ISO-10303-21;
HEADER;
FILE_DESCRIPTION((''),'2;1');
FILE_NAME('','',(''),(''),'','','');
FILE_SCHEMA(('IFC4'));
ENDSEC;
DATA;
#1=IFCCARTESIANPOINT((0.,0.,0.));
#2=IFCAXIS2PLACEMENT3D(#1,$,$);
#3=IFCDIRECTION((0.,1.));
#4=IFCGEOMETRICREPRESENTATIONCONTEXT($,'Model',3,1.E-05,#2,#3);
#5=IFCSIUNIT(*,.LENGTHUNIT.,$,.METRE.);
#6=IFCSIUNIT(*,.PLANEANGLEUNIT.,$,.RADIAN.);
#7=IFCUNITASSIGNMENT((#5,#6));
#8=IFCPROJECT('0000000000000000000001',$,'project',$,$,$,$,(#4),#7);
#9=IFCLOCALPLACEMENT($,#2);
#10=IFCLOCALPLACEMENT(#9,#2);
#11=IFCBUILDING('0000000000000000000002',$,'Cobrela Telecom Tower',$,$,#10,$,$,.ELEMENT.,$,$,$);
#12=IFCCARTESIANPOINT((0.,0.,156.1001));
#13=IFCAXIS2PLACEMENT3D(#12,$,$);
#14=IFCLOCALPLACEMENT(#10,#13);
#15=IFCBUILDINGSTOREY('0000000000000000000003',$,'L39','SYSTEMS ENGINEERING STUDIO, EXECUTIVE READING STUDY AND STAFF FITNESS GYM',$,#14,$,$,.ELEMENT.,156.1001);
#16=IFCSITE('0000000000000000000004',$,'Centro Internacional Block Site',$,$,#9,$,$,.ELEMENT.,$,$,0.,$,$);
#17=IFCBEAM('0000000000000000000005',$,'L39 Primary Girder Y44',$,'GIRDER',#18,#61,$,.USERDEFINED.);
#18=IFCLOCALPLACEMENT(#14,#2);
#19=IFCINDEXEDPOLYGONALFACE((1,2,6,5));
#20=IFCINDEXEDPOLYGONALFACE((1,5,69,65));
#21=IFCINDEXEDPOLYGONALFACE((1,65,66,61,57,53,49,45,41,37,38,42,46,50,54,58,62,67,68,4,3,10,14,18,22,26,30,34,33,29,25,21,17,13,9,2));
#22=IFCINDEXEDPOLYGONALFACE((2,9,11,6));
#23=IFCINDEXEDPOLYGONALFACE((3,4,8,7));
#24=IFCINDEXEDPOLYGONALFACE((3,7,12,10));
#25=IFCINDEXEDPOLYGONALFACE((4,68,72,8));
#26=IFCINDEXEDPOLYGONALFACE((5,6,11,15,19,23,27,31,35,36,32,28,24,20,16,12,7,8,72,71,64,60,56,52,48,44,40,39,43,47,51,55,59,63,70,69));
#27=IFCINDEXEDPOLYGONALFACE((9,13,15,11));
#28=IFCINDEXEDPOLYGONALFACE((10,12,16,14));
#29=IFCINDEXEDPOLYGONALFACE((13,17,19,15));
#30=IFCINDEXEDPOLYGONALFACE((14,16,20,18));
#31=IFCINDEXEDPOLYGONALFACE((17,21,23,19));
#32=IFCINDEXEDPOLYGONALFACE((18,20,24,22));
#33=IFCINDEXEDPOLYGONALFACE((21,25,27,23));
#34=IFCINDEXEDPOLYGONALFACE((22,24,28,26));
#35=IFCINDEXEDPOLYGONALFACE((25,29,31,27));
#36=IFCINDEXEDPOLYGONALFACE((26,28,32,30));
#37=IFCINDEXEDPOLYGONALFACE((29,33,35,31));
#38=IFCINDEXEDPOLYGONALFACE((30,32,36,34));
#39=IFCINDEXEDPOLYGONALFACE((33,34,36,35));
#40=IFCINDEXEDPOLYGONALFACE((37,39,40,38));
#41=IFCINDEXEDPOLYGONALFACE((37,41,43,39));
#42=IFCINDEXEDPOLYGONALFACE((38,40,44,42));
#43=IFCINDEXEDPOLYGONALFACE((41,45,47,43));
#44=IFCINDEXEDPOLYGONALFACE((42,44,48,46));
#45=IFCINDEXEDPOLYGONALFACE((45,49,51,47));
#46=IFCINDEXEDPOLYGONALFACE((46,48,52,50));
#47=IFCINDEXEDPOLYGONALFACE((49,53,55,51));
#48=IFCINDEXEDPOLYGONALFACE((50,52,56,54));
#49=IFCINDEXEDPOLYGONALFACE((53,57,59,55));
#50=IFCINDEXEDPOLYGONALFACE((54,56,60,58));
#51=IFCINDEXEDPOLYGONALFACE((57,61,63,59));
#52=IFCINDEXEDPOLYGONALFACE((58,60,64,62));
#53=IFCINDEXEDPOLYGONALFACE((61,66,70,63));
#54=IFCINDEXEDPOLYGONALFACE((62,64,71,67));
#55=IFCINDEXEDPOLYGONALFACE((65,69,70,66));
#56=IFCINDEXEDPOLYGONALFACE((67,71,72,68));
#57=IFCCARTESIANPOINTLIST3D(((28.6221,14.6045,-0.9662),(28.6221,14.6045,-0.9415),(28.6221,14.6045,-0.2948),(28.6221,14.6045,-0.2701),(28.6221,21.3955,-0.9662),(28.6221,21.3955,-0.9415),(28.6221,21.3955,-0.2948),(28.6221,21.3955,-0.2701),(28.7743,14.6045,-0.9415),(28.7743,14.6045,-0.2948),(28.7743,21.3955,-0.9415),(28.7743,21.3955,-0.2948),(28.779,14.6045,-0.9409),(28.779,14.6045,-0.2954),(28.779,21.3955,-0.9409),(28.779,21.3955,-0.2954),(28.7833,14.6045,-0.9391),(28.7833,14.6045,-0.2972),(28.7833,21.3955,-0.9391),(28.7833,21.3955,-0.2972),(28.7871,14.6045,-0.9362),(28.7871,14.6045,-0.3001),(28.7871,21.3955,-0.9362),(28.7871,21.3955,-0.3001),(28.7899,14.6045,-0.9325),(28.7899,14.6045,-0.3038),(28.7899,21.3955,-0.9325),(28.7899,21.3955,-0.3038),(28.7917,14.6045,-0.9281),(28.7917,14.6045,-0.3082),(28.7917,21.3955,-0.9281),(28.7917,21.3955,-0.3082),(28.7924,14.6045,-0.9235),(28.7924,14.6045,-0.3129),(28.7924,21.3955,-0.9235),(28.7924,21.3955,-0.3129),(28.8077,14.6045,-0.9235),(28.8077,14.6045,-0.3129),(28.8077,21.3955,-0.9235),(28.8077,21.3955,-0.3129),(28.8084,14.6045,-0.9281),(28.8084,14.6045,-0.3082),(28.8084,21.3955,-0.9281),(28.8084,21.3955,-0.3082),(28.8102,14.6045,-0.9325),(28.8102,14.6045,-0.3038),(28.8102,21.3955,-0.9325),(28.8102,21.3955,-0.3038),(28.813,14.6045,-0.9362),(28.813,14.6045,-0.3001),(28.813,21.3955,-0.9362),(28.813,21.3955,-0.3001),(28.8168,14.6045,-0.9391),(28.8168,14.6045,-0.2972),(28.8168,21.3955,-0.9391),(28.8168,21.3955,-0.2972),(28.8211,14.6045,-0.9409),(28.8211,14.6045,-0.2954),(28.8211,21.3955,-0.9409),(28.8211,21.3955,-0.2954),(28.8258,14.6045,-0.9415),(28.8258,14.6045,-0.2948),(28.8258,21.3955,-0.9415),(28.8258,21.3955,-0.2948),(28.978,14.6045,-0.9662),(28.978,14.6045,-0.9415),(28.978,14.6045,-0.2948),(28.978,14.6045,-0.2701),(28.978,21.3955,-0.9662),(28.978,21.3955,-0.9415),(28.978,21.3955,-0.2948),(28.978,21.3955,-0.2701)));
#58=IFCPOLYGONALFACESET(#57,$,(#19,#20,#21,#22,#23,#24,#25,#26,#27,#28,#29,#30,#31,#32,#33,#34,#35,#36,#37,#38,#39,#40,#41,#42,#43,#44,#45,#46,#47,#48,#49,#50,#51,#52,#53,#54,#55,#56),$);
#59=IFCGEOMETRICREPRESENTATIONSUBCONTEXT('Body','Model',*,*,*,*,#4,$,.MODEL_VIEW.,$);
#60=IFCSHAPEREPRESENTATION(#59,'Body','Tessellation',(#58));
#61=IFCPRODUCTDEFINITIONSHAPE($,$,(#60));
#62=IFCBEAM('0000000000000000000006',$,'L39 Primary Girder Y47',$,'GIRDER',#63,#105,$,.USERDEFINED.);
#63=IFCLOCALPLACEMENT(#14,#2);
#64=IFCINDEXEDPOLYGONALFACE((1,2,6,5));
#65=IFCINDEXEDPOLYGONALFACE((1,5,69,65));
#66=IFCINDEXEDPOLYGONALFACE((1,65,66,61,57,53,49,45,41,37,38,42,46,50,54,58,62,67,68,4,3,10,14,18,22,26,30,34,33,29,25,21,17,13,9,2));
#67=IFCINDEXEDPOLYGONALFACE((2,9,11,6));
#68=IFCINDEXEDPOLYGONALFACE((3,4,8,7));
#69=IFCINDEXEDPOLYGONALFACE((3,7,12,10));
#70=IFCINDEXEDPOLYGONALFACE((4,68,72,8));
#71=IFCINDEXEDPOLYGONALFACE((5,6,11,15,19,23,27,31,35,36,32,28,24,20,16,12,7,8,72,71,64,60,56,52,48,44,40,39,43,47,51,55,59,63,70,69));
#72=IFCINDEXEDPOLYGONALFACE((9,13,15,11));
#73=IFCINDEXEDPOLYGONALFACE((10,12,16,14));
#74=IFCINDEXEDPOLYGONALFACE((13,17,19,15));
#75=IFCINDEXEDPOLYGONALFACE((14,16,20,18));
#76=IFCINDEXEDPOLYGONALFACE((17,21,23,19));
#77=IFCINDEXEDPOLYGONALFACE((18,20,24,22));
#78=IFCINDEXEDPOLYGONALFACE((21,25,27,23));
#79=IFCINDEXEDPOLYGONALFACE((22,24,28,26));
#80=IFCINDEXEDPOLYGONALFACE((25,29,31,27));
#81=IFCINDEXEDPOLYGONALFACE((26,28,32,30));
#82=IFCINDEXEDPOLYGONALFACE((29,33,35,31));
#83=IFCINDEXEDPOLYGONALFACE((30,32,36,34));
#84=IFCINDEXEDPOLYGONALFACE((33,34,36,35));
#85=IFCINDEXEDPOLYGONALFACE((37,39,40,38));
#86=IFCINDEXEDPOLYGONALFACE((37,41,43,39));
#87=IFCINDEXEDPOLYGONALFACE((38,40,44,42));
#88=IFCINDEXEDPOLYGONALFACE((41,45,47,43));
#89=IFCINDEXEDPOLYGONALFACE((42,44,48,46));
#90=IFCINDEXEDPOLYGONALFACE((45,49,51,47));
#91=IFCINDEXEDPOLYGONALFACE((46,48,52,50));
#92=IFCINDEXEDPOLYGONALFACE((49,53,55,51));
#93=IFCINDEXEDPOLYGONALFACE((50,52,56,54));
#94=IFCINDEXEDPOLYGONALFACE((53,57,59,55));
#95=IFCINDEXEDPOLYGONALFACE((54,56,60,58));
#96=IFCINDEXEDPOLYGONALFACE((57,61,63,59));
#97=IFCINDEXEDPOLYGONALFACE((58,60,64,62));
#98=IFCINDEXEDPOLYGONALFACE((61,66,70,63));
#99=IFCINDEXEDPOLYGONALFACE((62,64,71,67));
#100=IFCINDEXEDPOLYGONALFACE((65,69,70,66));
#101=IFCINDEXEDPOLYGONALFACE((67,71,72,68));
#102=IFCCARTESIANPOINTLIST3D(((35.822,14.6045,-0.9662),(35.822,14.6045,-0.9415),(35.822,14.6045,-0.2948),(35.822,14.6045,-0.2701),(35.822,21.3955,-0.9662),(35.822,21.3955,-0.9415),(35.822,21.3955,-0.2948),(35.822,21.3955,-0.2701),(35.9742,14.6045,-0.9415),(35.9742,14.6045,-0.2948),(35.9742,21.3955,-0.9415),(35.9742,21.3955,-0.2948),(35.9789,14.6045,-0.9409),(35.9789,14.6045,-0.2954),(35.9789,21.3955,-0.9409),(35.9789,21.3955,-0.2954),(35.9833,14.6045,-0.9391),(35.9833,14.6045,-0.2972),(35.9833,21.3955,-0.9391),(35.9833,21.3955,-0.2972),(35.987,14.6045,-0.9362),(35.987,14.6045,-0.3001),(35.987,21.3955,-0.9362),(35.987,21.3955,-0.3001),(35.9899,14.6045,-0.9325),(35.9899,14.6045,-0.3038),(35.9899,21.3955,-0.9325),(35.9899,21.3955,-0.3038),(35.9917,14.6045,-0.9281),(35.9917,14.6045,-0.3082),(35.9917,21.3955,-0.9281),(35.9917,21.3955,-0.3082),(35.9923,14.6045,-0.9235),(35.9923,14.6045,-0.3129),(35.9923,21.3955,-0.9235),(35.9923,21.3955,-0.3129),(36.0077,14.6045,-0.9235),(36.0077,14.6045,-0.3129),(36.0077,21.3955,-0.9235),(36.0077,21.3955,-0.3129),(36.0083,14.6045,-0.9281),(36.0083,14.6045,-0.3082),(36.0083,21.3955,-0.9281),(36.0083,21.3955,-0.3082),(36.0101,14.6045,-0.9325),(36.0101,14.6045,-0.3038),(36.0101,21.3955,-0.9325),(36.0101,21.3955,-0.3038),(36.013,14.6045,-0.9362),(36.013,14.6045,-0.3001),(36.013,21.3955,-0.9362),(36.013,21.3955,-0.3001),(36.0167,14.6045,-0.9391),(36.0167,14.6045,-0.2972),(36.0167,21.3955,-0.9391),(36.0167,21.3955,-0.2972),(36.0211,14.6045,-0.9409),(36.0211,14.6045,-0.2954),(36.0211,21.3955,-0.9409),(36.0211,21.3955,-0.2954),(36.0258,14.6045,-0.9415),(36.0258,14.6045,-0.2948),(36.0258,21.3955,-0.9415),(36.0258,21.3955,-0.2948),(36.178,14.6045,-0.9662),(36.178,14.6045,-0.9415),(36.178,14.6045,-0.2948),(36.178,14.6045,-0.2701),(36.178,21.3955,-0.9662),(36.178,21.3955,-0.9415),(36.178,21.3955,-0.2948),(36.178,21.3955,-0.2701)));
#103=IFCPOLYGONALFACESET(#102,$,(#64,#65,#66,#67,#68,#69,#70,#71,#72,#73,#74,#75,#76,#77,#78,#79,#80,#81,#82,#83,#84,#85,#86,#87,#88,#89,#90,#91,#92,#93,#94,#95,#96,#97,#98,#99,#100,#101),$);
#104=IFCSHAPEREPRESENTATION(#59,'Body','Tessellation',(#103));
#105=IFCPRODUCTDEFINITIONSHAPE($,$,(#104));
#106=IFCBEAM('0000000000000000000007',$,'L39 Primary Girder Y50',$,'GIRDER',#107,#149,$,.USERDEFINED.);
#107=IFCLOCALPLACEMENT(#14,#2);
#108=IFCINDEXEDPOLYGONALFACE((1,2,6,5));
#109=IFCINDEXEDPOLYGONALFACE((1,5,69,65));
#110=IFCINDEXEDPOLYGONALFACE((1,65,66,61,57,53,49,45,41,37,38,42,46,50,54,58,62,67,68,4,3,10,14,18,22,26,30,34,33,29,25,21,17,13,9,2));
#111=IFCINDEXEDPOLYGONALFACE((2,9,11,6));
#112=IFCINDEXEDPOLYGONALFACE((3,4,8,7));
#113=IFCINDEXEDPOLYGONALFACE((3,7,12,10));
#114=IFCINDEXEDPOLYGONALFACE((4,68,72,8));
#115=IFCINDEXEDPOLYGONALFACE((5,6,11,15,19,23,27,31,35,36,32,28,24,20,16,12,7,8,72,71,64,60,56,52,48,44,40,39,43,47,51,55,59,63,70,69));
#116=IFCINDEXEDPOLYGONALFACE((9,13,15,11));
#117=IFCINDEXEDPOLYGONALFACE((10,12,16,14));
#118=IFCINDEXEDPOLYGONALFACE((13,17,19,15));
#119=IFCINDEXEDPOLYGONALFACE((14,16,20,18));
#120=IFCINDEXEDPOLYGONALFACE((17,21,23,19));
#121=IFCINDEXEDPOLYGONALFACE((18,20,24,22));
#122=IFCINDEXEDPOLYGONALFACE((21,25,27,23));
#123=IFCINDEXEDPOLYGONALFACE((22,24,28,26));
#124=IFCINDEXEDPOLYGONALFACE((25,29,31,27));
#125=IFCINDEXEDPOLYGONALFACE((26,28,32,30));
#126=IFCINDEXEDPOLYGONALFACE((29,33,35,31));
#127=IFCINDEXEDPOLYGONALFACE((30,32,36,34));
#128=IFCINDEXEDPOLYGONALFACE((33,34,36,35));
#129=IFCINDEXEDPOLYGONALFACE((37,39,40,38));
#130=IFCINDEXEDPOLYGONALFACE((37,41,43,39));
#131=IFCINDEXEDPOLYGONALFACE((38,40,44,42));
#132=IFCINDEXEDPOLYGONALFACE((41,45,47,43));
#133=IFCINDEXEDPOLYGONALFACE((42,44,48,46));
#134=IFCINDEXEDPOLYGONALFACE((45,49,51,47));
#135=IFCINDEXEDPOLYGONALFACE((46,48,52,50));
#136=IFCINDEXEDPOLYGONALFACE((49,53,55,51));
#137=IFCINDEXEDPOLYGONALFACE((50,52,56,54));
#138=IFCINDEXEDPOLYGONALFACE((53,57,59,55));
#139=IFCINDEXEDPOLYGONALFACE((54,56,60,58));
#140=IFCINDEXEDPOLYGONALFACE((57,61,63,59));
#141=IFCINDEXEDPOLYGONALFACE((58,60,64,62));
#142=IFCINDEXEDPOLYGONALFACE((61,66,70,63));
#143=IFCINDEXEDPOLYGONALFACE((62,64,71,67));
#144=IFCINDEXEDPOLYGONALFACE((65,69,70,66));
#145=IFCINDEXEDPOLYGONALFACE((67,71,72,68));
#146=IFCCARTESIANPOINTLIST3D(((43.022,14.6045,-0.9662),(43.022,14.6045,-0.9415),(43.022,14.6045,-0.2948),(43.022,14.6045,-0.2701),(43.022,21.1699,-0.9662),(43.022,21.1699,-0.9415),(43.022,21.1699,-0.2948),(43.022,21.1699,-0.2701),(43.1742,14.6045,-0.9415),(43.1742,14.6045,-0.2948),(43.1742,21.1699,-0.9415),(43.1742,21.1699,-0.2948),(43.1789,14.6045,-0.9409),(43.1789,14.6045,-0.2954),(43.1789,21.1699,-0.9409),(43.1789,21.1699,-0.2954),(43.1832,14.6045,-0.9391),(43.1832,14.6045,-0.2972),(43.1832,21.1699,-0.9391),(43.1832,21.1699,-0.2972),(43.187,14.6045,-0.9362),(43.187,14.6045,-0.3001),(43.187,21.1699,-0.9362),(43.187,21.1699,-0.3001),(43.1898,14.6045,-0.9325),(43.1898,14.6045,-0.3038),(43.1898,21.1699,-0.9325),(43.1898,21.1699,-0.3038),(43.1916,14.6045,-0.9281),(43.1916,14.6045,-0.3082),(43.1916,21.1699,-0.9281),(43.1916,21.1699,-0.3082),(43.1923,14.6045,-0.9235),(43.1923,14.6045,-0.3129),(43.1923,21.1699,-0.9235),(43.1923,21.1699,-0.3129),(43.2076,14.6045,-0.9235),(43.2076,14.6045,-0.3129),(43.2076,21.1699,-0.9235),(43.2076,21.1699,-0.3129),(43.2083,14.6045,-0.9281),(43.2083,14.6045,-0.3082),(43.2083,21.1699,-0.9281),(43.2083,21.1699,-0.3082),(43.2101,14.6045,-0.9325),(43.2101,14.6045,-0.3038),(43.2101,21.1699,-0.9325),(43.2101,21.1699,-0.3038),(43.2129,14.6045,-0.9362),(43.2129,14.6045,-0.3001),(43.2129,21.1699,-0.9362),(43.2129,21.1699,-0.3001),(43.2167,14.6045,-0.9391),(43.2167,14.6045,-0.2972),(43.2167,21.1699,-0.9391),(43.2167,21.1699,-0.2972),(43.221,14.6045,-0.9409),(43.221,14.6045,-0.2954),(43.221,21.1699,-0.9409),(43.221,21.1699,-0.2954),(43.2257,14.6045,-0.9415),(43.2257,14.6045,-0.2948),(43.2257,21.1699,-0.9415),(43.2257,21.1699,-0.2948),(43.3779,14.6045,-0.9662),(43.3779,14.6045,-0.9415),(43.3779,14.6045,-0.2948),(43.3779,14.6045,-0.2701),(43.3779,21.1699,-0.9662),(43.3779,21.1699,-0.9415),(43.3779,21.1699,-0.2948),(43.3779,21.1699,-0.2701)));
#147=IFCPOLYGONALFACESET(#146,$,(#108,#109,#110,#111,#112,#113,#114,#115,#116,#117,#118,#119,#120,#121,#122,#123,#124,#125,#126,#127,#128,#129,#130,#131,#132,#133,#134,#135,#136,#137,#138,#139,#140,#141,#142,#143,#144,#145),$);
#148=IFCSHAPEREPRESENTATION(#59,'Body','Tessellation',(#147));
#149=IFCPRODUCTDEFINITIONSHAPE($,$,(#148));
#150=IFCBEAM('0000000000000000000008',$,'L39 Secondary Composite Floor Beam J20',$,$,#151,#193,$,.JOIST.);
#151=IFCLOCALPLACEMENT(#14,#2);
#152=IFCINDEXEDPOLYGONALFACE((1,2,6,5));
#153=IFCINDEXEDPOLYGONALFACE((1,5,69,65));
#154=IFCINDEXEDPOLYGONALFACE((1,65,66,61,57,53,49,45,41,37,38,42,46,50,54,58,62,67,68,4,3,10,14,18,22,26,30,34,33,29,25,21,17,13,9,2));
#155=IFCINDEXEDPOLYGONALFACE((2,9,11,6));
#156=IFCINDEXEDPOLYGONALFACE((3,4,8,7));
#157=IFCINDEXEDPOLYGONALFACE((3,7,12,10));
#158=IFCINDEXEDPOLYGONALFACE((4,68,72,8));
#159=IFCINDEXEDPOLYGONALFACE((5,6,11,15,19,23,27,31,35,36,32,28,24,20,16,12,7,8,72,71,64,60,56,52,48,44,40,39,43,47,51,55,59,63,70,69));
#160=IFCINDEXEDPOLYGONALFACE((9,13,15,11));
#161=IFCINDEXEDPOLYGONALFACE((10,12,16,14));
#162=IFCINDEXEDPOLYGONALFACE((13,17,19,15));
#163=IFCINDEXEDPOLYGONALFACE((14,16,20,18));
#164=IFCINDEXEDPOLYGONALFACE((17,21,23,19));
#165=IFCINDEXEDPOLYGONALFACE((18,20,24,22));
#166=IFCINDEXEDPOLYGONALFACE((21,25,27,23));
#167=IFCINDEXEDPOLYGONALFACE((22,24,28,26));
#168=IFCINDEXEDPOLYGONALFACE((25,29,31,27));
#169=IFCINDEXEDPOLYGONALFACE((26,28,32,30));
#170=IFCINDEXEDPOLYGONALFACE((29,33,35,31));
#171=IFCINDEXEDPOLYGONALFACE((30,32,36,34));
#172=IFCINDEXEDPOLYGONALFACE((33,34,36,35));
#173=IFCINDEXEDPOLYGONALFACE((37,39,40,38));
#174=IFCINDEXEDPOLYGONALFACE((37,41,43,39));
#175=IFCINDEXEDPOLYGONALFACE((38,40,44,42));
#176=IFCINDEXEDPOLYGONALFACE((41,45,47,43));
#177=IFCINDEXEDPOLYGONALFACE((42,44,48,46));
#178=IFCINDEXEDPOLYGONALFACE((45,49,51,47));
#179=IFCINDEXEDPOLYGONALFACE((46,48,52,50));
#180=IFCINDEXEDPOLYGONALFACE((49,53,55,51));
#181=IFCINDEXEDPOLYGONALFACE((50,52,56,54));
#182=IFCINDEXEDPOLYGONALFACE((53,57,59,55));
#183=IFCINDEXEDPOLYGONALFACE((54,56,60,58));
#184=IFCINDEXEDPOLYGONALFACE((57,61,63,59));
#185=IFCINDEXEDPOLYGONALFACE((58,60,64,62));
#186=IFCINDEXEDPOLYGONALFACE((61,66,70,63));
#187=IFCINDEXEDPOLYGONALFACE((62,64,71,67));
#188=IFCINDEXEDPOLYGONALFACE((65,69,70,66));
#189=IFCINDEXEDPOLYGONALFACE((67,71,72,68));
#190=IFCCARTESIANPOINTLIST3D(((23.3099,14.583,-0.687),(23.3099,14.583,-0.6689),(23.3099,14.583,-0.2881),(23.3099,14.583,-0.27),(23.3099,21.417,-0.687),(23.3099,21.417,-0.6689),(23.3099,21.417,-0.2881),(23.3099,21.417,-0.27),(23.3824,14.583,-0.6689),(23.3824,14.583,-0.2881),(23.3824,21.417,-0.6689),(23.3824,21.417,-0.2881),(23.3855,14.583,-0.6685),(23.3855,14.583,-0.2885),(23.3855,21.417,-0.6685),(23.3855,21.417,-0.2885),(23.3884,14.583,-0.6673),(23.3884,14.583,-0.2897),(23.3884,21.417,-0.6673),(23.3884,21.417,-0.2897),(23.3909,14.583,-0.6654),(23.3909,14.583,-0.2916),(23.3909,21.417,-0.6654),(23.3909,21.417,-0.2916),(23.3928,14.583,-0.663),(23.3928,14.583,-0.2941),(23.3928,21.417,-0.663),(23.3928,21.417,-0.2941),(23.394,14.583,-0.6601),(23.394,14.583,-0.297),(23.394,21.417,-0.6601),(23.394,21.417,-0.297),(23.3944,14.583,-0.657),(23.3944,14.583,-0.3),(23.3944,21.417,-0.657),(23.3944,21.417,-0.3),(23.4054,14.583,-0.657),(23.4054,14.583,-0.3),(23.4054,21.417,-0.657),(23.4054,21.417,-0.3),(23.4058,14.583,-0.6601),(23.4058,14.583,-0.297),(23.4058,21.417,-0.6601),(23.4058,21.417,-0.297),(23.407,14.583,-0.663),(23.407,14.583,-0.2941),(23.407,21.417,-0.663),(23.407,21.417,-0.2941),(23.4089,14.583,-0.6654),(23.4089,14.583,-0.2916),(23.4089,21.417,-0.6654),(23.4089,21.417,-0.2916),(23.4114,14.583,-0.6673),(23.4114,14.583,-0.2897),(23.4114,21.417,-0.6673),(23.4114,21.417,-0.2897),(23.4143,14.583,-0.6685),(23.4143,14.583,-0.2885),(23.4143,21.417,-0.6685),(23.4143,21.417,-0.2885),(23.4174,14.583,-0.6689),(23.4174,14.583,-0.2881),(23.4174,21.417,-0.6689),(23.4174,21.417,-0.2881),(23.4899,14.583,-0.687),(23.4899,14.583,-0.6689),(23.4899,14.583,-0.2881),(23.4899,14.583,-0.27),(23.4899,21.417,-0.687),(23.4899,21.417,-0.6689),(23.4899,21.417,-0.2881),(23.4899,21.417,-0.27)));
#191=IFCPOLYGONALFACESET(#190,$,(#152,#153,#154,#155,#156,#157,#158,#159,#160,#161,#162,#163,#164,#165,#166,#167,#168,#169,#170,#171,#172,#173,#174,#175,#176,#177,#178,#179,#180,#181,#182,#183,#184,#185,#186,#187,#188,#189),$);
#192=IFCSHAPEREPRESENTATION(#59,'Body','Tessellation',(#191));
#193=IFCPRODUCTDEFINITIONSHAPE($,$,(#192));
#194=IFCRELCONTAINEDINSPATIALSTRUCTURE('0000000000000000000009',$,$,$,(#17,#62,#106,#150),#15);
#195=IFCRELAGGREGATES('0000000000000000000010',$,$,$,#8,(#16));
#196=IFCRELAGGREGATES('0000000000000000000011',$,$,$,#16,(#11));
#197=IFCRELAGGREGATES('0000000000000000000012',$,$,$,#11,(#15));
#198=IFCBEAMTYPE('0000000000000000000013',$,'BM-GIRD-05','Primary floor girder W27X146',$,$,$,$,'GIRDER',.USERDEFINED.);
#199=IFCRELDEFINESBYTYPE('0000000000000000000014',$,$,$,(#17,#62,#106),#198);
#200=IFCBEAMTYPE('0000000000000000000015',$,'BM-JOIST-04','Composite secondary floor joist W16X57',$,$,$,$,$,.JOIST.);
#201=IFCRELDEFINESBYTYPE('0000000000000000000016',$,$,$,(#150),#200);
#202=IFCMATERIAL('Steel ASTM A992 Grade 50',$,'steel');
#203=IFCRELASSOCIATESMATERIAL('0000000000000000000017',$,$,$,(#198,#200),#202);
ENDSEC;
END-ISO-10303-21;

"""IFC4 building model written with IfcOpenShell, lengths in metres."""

from ifc_helpers import new_model, si_unit, direction, frame, origin, origin_2d, place, context, subcontext, project, spatial, i_section, extrude, material, material_profile, profile_set, type_object, element, save


model = new_model("IFC4")

# Units and contexts
model_context = context("Model", 3, precision=1e-05, world=origin(), true_north=direction((0.0, 1.0)))
body_context = subcontext(model_context, "Body", "Model", "MODEL_VIEW")
ifc_project = project(units=[si_unit("LENGTHUNIT", "METRE"), si_unit("PLANEANGLEUNIT", "RADIAN")], contexts=[model_context])

# Site, building, storey
site_placement = place(None, origin())
site = spatial("IfcSite", under=ifc_project, at=site_placement, Name="Centro Internacional Block Site", CompositionType="ELEMENT", RefElevation=0.0)
building_placement = place(site_placement, origin())
building = spatial("IfcBuilding", under=site, at=building_placement, Name="Cobrela Telecom Tower", CompositionType="ELEMENT")
storey_placement = place(building_placement, frame((0.0, 0.0, 156.1001)))
storey = spatial("IfcBuildingStorey", under=building, at=storey_placement, Name="L39", Description="SYSTEMS ENGINEERING STUDIO, EXECUTIVE READING STUDY AND STAFF FITNESS GYM", CompositionType="ELEMENT", Elevation=156.1001)

# Shared definitions
ifc_material_1 = material(Name="Steel ASTM A992 Grade 50", Category="steel")

# Beams
ifc_material_profile_1 = material_profile(ifc_material_1, i_section(OverallWidth=0.356, OverallDepth=0.696, WebThickness=0.0154, FlangeThickness=0.0247, FilletRadius=0.0181, at=origin_2d()), Name="W27X146")
ifc_profile_set_1 = profile_set([ifc_material_profile_1], Name="Steel ASTM A992 Grade 50")
beam_type_1 = type_object("IfcBeamType", Name="BM-GIRD-05", Description="Primary floor girder W27X146", ElementType="GIRDER", PredefinedType="USERDEFINED", material=ifc_profile_set_1)
for number, where, z_axis, x_axis, name in (
    (1, (28.8, 14.6045, -0.6182), (0.0, 1.0, 0.0), (-1.0, 0.0, 0.0), "L39 Primary Girder Y44"),
    (2, (36.0, 14.6045, -0.6182), (0.0, 1.0, 0.0), (-1.0, 0.0, 0.0), "L39 Primary Girder Y47"),
):
    element("IfcBeam", number, at=place(storey_placement, frame(where, z_axis=z_axis, x_axis=x_axis)), inside=storey, type_object=beam_type_1, Name=name, ObjectType="GIRDER", PredefinedType="USERDEFINED", context=body_context, shape_type="SweptSolid", body=[
        extrude(i_section(OverallWidth=0.356, OverallDepth=0.696, WebThickness=0.0154, FlangeThickness=0.0247, FilletRadius=0.0181, at=origin_2d()), origin(), (0.0, 0.0, 1.0), 6.791),
    ])
beam_1_placement = place(storey_placement, frame((43.2, 14.6045, -0.6182), z_axis=(0.0, 1.0, 0.0), x_axis=(-1.0, 0.0, 0.0)))
element("IfcBeam", 3, at=beam_1_placement, inside=storey, type_object=beam_type_1, Name="L39 Primary Girder Y50", ObjectType="GIRDER", PredefinedType="USERDEFINED", context=body_context, shape_type="SweptSolid", body=[
    extrude(i_section(OverallWidth=0.356, OverallDepth=0.696, WebThickness=0.0154, FlangeThickness=0.0247, FilletRadius=0.0181, at=origin_2d()), origin(), (0.0, 0.0, 1.0), 6.5654),
])
ifc_material_profile_2 = material_profile(ifc_material_1, i_section(OverallWidth=0.1799, OverallDepth=0.417, WebThickness=0.011, FlangeThickness=0.0181, FilletRadius=0.012, at=origin_2d()), Name="W16X57")
ifc_profile_set_2 = profile_set([ifc_material_profile_2], Name="Steel ASTM A992 Grade 50")
beam_type_2 = type_object("IfcBeamType", Name="BM-JOIST-04", Description="Composite secondary floor joist W16X57", PredefinedType="JOIST", material=ifc_profile_set_2)
for number, where, z_axis, x_axis, name in (
    (4, (23.3999, 14.583, -0.4785), (0.0, 1.0, 0.0), (-1.0, 0.0, 0.0), "L39 Secondary Composite Floor Beam J20"),
):
    element("IfcBeam", number, at=place(storey_placement, frame(where, z_axis=z_axis, x_axis=x_axis)), inside=storey, type_object=beam_type_2, Name=name, PredefinedType="JOIST", context=body_context, shape_type="SweptSolid", body=[
        extrude(i_section(OverallWidth=0.1799, OverallDepth=0.417, WebThickness=0.011, FlangeThickness=0.0181, FilletRadius=0.012, at=origin_2d()), origin(), (0.0, 0.0, 1.0), 6.834),
    ])

save(model, "model.ifc")
